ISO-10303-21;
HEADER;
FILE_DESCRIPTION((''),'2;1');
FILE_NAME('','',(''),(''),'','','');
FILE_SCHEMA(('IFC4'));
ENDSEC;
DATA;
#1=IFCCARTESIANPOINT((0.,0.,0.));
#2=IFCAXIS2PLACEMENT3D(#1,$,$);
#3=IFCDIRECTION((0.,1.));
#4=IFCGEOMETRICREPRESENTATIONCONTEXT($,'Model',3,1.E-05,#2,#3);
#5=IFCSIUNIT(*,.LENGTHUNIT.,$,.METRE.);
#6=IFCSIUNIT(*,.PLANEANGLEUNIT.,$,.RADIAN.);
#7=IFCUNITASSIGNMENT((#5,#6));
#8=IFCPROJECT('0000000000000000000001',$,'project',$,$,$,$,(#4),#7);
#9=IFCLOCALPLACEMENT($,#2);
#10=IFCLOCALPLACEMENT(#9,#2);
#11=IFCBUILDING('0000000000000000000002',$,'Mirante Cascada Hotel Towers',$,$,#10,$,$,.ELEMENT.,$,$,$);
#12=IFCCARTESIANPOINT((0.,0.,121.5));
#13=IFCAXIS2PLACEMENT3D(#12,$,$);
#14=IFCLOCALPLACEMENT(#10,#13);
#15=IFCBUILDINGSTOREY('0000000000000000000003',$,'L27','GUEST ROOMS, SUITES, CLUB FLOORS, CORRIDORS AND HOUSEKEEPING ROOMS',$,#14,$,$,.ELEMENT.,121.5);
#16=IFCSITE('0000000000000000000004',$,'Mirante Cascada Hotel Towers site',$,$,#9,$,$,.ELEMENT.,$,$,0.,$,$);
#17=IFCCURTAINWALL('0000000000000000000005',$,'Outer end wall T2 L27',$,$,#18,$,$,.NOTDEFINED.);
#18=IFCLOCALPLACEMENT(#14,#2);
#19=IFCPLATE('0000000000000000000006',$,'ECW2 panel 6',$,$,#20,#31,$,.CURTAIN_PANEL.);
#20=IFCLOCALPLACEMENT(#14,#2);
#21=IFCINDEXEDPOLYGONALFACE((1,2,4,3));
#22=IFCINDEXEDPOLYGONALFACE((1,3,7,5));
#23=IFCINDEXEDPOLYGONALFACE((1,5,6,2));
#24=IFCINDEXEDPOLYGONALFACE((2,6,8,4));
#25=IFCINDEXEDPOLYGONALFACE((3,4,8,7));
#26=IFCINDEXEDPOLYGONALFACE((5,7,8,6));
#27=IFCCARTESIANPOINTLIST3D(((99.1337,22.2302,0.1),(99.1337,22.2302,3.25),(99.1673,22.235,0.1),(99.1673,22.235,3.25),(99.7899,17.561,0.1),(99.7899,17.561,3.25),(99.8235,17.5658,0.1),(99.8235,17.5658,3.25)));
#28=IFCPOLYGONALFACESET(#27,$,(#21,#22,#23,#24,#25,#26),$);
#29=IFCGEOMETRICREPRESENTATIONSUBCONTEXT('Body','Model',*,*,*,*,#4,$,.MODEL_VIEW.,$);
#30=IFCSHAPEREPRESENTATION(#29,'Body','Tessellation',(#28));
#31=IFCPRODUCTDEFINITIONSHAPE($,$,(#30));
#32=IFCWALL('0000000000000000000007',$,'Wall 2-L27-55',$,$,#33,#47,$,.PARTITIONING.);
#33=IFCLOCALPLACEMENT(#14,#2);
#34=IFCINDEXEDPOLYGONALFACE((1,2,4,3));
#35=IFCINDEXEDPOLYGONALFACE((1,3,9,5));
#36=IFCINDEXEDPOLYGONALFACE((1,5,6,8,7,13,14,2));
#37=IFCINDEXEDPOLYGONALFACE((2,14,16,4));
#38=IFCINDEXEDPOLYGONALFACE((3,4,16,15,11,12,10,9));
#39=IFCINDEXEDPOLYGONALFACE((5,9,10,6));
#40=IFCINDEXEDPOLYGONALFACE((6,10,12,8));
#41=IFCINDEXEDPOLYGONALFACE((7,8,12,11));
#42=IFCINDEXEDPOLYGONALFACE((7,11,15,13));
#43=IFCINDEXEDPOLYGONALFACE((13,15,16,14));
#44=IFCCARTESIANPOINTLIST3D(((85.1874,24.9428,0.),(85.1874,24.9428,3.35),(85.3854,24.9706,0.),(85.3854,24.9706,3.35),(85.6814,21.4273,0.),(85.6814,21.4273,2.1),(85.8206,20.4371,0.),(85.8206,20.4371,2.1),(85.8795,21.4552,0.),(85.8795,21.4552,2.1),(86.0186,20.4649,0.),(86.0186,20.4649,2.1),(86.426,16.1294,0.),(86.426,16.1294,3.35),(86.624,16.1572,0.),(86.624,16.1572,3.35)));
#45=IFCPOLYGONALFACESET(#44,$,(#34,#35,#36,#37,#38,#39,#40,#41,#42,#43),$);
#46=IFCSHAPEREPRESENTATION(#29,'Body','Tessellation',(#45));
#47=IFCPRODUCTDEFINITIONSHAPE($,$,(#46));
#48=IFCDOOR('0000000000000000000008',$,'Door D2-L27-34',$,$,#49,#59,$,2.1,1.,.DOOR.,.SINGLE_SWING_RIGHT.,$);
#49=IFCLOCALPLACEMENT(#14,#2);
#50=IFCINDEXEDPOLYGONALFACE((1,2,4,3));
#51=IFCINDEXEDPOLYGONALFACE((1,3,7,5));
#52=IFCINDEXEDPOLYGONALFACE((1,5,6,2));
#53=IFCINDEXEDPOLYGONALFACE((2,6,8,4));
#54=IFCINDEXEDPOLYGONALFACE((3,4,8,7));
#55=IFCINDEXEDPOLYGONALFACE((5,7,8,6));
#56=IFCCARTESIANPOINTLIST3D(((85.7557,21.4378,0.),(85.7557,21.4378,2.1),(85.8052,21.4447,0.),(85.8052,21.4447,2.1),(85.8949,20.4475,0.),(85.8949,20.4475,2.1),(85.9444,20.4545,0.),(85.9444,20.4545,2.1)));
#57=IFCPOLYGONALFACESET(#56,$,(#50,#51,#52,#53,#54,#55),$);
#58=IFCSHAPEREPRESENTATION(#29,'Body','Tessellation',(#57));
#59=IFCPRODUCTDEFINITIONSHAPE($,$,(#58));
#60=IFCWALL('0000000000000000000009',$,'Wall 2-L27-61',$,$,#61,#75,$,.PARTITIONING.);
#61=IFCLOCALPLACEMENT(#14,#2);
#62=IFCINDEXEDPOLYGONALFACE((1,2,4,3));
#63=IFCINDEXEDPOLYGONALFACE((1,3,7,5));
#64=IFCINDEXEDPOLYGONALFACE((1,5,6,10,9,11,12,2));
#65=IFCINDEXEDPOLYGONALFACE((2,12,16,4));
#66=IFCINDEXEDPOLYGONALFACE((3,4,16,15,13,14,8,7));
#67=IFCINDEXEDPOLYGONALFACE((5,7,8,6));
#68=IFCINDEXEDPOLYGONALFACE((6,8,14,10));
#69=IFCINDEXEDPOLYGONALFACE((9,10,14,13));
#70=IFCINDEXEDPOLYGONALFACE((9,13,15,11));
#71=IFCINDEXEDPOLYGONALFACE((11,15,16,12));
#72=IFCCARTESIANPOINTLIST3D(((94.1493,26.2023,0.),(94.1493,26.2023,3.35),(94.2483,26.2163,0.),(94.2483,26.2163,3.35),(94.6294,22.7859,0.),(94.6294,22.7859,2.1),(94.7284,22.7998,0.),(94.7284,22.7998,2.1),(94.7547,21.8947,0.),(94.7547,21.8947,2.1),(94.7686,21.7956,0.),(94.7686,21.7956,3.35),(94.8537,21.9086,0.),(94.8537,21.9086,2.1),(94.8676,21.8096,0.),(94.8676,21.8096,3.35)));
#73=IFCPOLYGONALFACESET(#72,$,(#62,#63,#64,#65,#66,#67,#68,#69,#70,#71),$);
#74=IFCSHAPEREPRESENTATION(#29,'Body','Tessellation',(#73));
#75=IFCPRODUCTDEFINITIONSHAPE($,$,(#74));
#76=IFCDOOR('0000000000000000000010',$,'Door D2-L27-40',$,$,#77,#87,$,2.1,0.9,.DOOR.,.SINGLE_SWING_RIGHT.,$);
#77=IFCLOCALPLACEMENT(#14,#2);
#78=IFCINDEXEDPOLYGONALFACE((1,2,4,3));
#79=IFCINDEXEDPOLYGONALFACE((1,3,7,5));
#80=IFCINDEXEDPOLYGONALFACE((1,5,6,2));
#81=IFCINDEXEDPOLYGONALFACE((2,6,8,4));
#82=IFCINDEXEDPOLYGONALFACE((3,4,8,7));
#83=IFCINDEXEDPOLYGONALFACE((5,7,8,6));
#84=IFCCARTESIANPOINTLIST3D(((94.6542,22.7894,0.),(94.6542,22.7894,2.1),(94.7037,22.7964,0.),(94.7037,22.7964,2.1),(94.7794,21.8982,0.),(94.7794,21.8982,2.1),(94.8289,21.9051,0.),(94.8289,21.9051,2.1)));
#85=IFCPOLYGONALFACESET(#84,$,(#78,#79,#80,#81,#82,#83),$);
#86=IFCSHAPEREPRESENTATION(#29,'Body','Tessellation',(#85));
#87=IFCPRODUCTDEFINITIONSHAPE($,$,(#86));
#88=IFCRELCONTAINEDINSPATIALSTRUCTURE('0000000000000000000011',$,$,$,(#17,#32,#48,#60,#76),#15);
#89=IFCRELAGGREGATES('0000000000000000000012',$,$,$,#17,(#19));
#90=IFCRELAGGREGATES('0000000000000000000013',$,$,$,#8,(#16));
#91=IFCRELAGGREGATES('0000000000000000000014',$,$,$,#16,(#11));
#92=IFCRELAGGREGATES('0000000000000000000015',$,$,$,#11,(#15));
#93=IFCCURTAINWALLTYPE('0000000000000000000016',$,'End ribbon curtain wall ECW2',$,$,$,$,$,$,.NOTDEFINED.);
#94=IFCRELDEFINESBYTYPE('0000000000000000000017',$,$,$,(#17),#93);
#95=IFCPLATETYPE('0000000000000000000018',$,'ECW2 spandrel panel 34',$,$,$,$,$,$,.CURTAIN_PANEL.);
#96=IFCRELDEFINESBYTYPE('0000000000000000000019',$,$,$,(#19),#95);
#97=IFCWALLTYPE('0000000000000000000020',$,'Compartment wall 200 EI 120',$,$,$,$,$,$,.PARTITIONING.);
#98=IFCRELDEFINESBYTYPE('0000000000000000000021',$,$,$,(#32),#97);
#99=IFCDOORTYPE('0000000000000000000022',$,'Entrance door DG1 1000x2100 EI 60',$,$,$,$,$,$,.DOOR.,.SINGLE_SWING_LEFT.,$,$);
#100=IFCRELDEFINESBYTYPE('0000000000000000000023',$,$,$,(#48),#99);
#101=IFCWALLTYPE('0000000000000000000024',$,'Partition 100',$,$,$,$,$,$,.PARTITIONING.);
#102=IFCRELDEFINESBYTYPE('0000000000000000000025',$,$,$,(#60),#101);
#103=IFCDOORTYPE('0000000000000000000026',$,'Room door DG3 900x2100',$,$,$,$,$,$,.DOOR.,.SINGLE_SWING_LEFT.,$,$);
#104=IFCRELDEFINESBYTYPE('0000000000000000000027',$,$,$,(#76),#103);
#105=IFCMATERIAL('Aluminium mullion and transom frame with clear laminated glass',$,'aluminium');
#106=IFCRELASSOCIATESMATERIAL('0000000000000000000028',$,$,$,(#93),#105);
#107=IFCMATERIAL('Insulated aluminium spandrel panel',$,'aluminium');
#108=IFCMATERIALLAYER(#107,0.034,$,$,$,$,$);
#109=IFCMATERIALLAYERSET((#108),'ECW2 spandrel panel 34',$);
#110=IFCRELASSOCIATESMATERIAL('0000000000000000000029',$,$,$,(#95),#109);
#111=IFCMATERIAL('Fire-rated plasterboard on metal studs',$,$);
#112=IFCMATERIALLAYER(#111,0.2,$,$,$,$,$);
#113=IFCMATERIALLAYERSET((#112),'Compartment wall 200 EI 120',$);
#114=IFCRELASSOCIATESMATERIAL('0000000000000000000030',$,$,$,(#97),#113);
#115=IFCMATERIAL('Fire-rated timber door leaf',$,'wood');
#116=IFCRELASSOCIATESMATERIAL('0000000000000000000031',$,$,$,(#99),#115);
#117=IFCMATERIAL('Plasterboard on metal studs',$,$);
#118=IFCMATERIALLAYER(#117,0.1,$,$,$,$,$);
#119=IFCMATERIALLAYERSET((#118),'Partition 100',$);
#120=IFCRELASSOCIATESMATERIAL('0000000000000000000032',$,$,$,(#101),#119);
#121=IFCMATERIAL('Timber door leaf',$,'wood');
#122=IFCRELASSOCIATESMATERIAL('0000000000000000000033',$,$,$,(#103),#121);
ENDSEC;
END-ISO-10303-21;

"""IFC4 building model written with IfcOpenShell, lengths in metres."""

from ifc_helpers import new_model, si_unit, direction, frame, frame_2d, origin, origin_2d, place, context, subcontext, project, spatial, rectangle, extrude, material, layer, layer_set, type_object, element, fill, aggregate, save


model = new_model("IFC4")

# Units and contexts
model_context = context("Model", 3, precision=1e-05, world=origin(), true_north=direction((0.0, 1.0)))
body_context = subcontext(model_context, "Body", "Model", "MODEL_VIEW")
ifc_project = project(units=[si_unit("LENGTHUNIT", "METRE"), si_unit("PLANEANGLEUNIT", "RADIAN")], contexts=[model_context])

# Site, building, storey
site_placement = place(None, origin())
site = spatial("IfcSite", under=ifc_project, at=site_placement, Name="Mirante Cascada Hotel Towers site", CompositionType="ELEMENT", RefElevation=0.0)
building_placement = place(site_placement, origin())
building = spatial("IfcBuilding", under=site, at=building_placement, Name="Mirante Cascada Hotel Towers", CompositionType="ELEMENT")
storey_placement = place(building_placement, frame((0.0, 0.0, 121.5)))
storey = spatial("IfcBuildingStorey", under=building, at=storey_placement, Name="L27", Description="GUEST ROOMS, SUITES, CLUB FLOORS, CORRIDORS AND HOUSEKEEPING ROOMS", CompositionType="ELEMENT", Elevation=121.5)

# Curtain wall
ifc_material_1 = material(Name="Aluminium mullion and transom frame with clear laminated glass", Category="aluminium")
curtain_wall_type_1 = type_object("IfcCurtainWallType", Name="End ribbon curtain wall ECW2", PredefinedType="NOTDEFINED", material=ifc_material_1)
curtain_wall_1_placement = place(storey_placement, origin())
curtain_wall_1 = element("IfcCurtainWall", 1, at=curtain_wall_1_placement, inside=storey, type_object=curtain_wall_type_1, Name="Outer end wall T2 L27", PredefinedType="NOTDEFINED")

# Plate
ifc_material_2 = material(Name="Insulated aluminium spandrel panel", Category="aluminium")
ifc_layer_1 = layer(ifc_material_2, 0.034)
ifc_layer_set_1 = layer_set([ifc_layer_1], Name="ECW2 spandrel panel 34")
plate_type_1 = type_object("IfcPlateType", Name="ECW2 spandrel panel 34", PredefinedType="CURTAIN_PANEL", material=ifc_layer_set_1)
plate_1_placement = place(storey_placement, frame((99.4786, 19.898, 0.1), z_axis=(0.0, 0.0, 1.0), x_axis=(-0.139173, 0.990268, 0.0)))
plate_1 = element("IfcPlate", 2, at=plate_1_placement, type_object=plate_type_1, Name="ECW2 panel 6", PredefinedType="CURTAIN_PANEL", context=body_context, shape_type="SweptSolid", body=[
    extrude(rectangle(XDim=4.7151, YDim=0.034, at=origin_2d()), origin(), (0.0, 0.0, 1.0), 3.15),
])
aggregate(curtain_wall_1, [plate_1])

# Walls, openings, doors
ifc_material_3 = material(Name="Fire-rated plasterboard on metal studs")
ifc_layer_2 = layer(ifc_material_3, 0.2)
ifc_layer_set_2 = layer_set([ifc_layer_2], Name="Compartment wall 200 EI 120")
wall_type_1 = type_object("IfcWallType", Name="Compartment wall 200 EI 120", PredefinedType="PARTITIONING", material=ifc_layer_set_2)
wall_1_placement = place(storey_placement, frame((85.2864, 24.9567, 0.0), z_axis=(0.0, 0.0, 1.0), x_axis=(0.139168, -0.990269, 0.0)))
wall_1 = element("IfcWall", 3, at=wall_1_placement, inside=storey, type_object=wall_type_1, Name="Wall 2-L27-55", PredefinedType="PARTITIONING", context=body_context, shape_type="SweptSolid", body=[
    extrude(rectangle(XDim=8.9, YDim=0.2, at=frame_2d((4.45, 0.0))), origin(), (0.0, 0.0, 1.0), 3.35),
])
opening_1_placement = place(wall_1_placement, frame((3.55, 0.0, 0.0)))
opening_1 = element("IfcOpeningElement", 4, at=opening_1_placement, cuts=wall_1, PredefinedType="OPENING", context=body_context, shape_type="SweptSolid", body=[
    extrude(rectangle(XDim=1.0, YDim=2.1, at=frame_2d((0.5, 1.05))), frame((0.0, 0.1, 0.0), z_axis=(0.0, -1.0, 0.0), x_axis=(1.0, 0.0, 0.0)), (0.0, 0.0, 1.0), 0.2),
])
ifc_material_4 = material(Name="Fire-rated timber door leaf", Category="wood")
door_type_1 = type_object("IfcDoorType", Name="Entrance door DG1 1000x2100 EI 60", OperationType="SINGLE_SWING_LEFT", PredefinedType="DOOR", material=ifc_material_4)
door_1_placement = place(opening_1_placement, frame((1.0, 0.0, 0.0), z_axis=(0.0, 0.0, 1.0), x_axis=(-1.0, 0.0, 0.0)))
door_1 = element("IfcDoor", 5, at=door_1_placement, inside=storey, type_object=door_type_1, Name="Door D2-L27-34", OperationType="SINGLE_SWING_RIGHT", OverallHeight=2.1, OverallWidth=1.0, PredefinedType="DOOR", context=body_context, shape_type="SweptSolid", body=[
    extrude(rectangle(XDim=1.0, YDim=2.1, at=frame_2d((0.5, 1.05))), frame((0.0, 0.025, 0.0), z_axis=(0.0, -1.0, 0.0), x_axis=(1.0, 0.0, 0.0)), (0.0, 0.0, 1.0), 0.05),
])
fill(opening_1, door_1)
ifc_material_5 = material(Name="Plasterboard on metal studs")
ifc_layer_3 = layer(ifc_material_5, 0.1)
ifc_layer_set_3 = layer_set([ifc_layer_3], Name="Partition 100")
wall_type_2 = type_object("IfcWallType", Name="Partition 100", PredefinedType="PARTITIONING", material=ifc_layer_set_3)
wall_2_placement = place(storey_placement, frame((94.1988, 26.2093, 0.0), z_axis=(0.0, 0.0, 1.0), x_axis=(0.139168, -0.990269, 0.0)))
wall_2 = element("IfcWall", 6, at=wall_2_placement, inside=storey, type_object=wall_type_2, Name="Wall 2-L27-61", PredefinedType="PARTITIONING", context=body_context, shape_type="SweptSolid", body=[
    extrude(rectangle(XDim=4.45, YDim=0.1, at=frame_2d((2.225, 0.0))), origin(), (0.0, 0.0, 1.0), 3.35),
])
opening_2_placement = place(wall_2_placement, frame((3.45, 0.0, 0.0)))
opening_2 = element("IfcOpeningElement", 7, at=opening_2_placement, cuts=wall_2, PredefinedType="OPENING", context=body_context, shape_type="SweptSolid", body=[
    extrude(rectangle(XDim=0.9, YDim=2.1, at=frame_2d((0.45, 1.05))), frame((0.0, 0.05, 0.0), z_axis=(0.0, -1.0, 0.0), x_axis=(1.0, 0.0, 0.0)), (0.0, 0.0, 1.0), 0.1),
])
ifc_material_6 = material(Name="Timber door leaf", Category="wood")
door_type_2 = type_object("IfcDoorType", Name="Room door DG3 900x2100", OperationType="SINGLE_SWING_LEFT", PredefinedType="DOOR", material=ifc_material_6)
door_2_placement = place(opening_2_placement, frame((0.9, 0.0, 0.0), z_axis=(0.0, 0.0, 1.0), x_axis=(-1.0, 0.0, 0.0)))
door_2 = element("IfcDoor", 8, at=door_2_placement, inside=storey, type_object=door_type_2, Name="Door D2-L27-40", OperationType="SINGLE_SWING_RIGHT", OverallHeight=2.1, OverallWidth=0.9, PredefinedType="DOOR", context=body_context, shape_type="SweptSolid", body=[
    extrude(rectangle(XDim=0.9, YDim=2.1, at=frame_2d((0.45, 1.05))), frame((0.0, 0.025, 0.0), z_axis=(0.0, -1.0, 0.0), x_axis=(1.0, 0.0, 0.0)), (0.0, 0.0, 1.0), 0.05),
])
fill(opening_2, door_2)

save(model, "model.ifc")
